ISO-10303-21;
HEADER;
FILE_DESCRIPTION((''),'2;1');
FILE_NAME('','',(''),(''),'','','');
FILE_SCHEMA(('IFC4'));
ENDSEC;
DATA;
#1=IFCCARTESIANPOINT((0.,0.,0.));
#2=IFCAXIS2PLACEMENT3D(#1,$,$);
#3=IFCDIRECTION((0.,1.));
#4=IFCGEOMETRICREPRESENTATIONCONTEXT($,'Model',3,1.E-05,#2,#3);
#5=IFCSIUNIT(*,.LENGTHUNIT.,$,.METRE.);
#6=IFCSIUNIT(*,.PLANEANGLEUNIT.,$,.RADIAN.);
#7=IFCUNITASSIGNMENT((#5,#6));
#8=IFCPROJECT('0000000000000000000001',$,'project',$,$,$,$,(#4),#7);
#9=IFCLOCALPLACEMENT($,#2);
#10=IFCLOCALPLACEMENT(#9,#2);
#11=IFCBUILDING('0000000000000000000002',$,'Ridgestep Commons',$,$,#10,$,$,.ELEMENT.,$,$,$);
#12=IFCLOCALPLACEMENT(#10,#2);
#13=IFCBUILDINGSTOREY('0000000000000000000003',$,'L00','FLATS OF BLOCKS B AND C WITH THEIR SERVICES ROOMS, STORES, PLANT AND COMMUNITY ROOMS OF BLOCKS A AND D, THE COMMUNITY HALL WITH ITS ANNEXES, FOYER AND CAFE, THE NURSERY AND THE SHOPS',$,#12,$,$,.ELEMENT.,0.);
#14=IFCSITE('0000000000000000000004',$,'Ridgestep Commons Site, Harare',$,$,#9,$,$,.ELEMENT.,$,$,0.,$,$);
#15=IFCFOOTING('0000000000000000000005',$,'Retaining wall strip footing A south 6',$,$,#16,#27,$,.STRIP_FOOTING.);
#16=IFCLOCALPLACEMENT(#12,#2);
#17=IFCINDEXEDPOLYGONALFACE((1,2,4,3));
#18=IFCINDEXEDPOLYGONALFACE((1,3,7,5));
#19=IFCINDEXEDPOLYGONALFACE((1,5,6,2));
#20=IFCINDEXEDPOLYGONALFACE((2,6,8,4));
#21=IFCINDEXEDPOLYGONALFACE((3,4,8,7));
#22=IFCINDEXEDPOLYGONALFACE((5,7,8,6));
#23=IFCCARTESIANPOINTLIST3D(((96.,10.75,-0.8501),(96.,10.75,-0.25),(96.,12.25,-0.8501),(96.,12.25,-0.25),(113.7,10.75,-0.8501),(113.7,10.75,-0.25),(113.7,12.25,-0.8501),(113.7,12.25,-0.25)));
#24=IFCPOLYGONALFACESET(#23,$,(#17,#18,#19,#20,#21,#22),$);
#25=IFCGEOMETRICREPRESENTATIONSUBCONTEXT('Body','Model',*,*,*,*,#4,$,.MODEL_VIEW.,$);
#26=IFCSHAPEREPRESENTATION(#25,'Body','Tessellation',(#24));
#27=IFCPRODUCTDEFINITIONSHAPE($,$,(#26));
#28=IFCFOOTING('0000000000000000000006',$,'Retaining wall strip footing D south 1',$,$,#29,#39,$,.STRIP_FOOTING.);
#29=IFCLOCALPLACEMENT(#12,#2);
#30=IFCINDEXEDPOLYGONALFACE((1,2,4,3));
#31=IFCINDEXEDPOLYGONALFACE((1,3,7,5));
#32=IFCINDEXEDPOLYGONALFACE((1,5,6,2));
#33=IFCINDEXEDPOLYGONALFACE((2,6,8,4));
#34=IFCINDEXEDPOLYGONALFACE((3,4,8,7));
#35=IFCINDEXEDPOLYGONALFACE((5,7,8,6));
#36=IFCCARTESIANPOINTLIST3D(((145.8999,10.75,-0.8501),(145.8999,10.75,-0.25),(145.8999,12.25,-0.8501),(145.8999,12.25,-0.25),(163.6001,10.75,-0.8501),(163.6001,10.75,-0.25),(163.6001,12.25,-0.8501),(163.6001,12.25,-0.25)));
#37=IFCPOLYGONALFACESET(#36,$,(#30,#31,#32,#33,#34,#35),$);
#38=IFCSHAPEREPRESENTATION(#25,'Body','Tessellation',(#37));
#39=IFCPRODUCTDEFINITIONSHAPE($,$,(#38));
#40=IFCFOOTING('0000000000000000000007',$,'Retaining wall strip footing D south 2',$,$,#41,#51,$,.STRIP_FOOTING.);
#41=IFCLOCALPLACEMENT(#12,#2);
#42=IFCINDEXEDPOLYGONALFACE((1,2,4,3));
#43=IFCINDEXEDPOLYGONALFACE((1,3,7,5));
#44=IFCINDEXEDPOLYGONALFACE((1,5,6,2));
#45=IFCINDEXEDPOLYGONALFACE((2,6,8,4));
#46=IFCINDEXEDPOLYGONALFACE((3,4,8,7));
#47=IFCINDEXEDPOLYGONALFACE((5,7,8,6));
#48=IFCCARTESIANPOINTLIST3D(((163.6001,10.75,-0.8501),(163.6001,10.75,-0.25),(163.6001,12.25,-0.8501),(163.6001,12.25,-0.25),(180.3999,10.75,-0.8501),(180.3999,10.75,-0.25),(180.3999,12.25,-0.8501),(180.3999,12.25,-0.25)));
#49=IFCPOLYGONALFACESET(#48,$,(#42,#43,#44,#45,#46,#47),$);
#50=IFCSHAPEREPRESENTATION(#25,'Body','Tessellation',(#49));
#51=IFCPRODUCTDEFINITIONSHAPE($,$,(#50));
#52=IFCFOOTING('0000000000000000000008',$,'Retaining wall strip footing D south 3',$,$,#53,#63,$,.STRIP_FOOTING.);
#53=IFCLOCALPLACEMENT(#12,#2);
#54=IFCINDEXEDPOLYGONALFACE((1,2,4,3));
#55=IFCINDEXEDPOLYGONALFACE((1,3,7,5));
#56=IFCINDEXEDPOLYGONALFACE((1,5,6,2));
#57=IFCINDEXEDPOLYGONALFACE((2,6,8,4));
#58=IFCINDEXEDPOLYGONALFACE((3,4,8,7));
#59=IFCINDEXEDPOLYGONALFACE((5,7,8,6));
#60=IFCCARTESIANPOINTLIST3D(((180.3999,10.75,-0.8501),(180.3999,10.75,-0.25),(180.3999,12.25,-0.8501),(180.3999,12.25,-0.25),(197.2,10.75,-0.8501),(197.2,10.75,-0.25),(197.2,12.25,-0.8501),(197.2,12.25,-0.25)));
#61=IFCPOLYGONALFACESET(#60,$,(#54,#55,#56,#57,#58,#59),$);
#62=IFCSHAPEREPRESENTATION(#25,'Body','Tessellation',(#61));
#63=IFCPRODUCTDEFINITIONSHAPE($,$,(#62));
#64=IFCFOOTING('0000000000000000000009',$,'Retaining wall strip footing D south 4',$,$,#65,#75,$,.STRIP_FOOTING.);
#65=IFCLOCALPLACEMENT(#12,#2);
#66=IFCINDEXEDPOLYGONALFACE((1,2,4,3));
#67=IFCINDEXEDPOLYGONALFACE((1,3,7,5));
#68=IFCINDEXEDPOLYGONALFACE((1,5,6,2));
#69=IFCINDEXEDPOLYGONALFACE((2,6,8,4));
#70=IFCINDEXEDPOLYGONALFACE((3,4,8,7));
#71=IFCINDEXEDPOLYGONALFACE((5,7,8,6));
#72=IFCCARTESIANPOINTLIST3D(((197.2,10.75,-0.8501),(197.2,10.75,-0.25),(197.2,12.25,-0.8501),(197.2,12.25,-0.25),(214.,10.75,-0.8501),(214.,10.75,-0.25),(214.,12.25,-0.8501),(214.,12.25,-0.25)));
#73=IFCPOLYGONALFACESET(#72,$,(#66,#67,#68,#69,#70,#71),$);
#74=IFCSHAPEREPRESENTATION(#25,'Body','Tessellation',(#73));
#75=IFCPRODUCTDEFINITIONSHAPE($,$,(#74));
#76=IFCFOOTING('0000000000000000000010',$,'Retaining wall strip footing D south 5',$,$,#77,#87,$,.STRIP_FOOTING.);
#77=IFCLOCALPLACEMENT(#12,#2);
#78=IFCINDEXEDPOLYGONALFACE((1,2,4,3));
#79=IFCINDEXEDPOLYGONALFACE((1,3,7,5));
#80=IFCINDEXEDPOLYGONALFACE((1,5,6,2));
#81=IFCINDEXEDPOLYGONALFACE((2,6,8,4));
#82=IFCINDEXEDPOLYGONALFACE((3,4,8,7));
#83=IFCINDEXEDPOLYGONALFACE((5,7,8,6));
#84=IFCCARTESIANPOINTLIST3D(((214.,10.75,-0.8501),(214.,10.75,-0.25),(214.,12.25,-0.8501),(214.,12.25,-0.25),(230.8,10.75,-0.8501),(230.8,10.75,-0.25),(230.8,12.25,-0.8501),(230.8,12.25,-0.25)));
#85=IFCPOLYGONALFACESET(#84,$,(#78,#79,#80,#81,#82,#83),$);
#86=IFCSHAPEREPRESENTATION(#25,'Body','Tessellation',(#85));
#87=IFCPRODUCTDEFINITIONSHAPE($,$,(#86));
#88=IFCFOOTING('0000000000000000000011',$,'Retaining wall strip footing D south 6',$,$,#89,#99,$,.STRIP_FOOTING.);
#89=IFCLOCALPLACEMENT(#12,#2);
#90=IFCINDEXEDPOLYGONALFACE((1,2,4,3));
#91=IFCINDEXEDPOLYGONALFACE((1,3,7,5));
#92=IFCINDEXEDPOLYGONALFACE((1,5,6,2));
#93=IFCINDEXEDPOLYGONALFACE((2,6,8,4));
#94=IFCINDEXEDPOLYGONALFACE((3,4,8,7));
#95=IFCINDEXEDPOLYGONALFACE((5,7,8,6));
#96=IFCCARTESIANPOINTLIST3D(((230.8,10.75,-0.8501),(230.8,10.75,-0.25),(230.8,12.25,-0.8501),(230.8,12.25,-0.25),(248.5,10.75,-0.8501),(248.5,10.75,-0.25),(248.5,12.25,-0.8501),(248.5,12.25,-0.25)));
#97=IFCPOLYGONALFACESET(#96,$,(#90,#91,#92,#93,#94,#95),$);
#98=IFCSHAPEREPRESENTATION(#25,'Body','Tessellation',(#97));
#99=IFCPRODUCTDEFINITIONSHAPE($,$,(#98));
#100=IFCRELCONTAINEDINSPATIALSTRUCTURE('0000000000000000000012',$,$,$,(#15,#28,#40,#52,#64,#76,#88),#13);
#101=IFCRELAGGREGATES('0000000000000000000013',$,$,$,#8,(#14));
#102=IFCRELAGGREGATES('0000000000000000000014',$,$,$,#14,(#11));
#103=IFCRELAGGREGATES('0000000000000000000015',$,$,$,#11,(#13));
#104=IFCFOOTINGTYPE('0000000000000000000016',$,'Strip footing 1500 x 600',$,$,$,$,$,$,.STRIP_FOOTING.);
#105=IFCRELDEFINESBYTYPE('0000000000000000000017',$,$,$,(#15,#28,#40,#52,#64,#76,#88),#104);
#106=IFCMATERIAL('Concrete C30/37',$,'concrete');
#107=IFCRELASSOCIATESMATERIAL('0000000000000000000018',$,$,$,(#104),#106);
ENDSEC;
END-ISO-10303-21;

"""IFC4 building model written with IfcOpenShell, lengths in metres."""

from ifc_helpers import new_model, si_unit, direction, frame, origin, place, context, subcontext, project, spatial, polyline, outline, extrude, material, type_object, element, save


model = new_model("IFC4")

# Units and contexts
model_context = context("Model", 3, precision=1e-05, world=origin(), true_north=direction((0.0, 1.0)))
body_context = subcontext(model_context, "Body", "Model", "MODEL_VIEW")
ifc_project = project(units=[si_unit("LENGTHUNIT", "METRE"), si_unit("PLANEANGLEUNIT", "RADIAN")], contexts=[model_context])

# Site, building, storey
site_placement = place(None, origin())
site = spatial("IfcSite", under=ifc_project, at=site_placement, Name="Ridgestep Commons Site, Harare", CompositionType="ELEMENT", RefElevation=0.0)
building_placement = place(site_placement, origin())
building = spatial("IfcBuilding", under=site, at=building_placement, Name="Ridgestep Commons", CompositionType="ELEMENT")
storey_placement = place(building_placement, origin())
storey = spatial("IfcBuildingStorey", under=building, at=storey_placement, Name="L00", Description="FLATS OF BLOCKS B AND C WITH THEIR SERVICES ROOMS, STORES, PLANT AND COMMUNITY ROOMS OF BLOCKS A AND D, THE COMMUNITY HALL WITH ITS ANNEXES, FOYER AND CAFE, THE NURSERY AND THE SHOPS", CompositionType="ELEMENT", Elevation=0.0)

# Footings
ifc_material_1 = material(Name="Concrete C30/37", Category="concrete")
footing_type_1 = type_object("IfcFootingType", Name="Strip footing 1500 x 600", PredefinedType="STRIP_FOOTING", material=ifc_material_1)
footing_1_placement = place(storey_placement, frame((0.0, 0.0, -0.8501)))
element("IfcFooting", 1, at=footing_1_placement, inside=storey, type_object=footing_type_1, Name="Retaining wall strip footing A south 6", PredefinedType="STRIP_FOOTING", context=body_context, shape_type="SweptSolid", body=[
    extrude(outline(polyline([(113.7, 10.75), (113.7, 12.25), (96.0, 12.25), (96.0, 10.75), (113.7, 10.75)])), origin(), (0.0, 0.0, 1.0), 0.6001),
])
footing_2_placement = place(storey_placement, frame((0.0, 0.0, -0.8501)))
element("IfcFooting", 2, at=footing_2_placement, inside=storey, type_object=footing_type_1, Name="Retaining wall strip footing D south 1", PredefinedType="STRIP_FOOTING", context=body_context, shape_type="SweptSolid", body=[
    extrude(outline(polyline([(163.6001, 10.75), (163.6001, 12.25), (145.8999, 12.25), (145.8999, 10.75), (163.6001, 10.75)])), origin(), (0.0, 0.0, 1.0), 0.6001),
])
footing_3_placement = place(storey_placement, frame((0.0, 0.0, -0.8501)))
element("IfcFooting", 3, at=footing_3_placement, inside=storey, type_object=footing_type_1, Name="Retaining wall strip footing D south 2", PredefinedType="STRIP_FOOTING", context=body_context, shape_type="SweptSolid", body=[
    extrude(outline(polyline([(180.3999, 10.75), (180.3999, 12.25), (163.6001, 12.25), (163.6001, 10.75), (180.3999, 10.75)])), origin(), (0.0, 0.0, 1.0), 0.6001),
])
footing_4_placement = place(storey_placement, frame((0.0, 0.0, -0.8501)))
element("IfcFooting", 4, at=footing_4_placement, inside=storey, type_object=footing_type_1, Name="Retaining wall strip footing D south 3", PredefinedType="STRIP_FOOTING", context=body_context, shape_type="SweptSolid", body=[
    extrude(outline(polyline([(197.2, 10.75), (197.2, 12.25), (180.3999, 12.25), (180.3999, 10.75), (197.2, 10.75)])), origin(), (0.0, 0.0, 1.0), 0.6001),
])
footing_5_placement = place(storey_placement, frame((0.0, 0.0, -0.8501)))
element("IfcFooting", 5, at=footing_5_placement, inside=storey, type_object=footing_type_1, Name="Retaining wall strip footing D south 4", PredefinedType="STRIP_FOOTING", context=body_context, shape_type="SweptSolid", body=[
    extrude(outline(polyline([(214.0, 10.75), (214.0, 12.25), (197.2, 12.25), (197.2, 10.75), (214.0, 10.75)])), origin(), (0.0, 0.0, 1.0), 0.6001),
])
footing_6_placement = place(storey_placement, frame((0.0, 0.0, -0.8501)))
element("IfcFooting", 6, at=footing_6_placement, inside=storey, type_object=footing_type_1, Name="Retaining wall strip footing D south 5", PredefinedType="STRIP_FOOTING", context=body_context, shape_type="SweptSolid", body=[
    extrude(outline(polyline([(230.8, 10.75), (230.8, 12.25), (214.0, 12.25), (214.0, 10.75), (230.8, 10.75)])), origin(), (0.0, 0.0, 1.0), 0.6001),
])
footing_7_placement = place(storey_placement, frame((0.0, 0.0, -0.8501)))
element("IfcFooting", 7, at=footing_7_placement, inside=storey, type_object=footing_type_1, Name="Retaining wall strip footing D south 6", PredefinedType="STRIP_FOOTING", context=body_context, shape_type="SweptSolid", body=[
    extrude(outline(polyline([(248.5, 10.75), (248.5, 12.25), (230.8, 12.25), (230.8, 10.75), (248.5, 10.75)])), origin(), (0.0, 0.0, 1.0), 0.6001),
])

save(model, "model.ifc")
